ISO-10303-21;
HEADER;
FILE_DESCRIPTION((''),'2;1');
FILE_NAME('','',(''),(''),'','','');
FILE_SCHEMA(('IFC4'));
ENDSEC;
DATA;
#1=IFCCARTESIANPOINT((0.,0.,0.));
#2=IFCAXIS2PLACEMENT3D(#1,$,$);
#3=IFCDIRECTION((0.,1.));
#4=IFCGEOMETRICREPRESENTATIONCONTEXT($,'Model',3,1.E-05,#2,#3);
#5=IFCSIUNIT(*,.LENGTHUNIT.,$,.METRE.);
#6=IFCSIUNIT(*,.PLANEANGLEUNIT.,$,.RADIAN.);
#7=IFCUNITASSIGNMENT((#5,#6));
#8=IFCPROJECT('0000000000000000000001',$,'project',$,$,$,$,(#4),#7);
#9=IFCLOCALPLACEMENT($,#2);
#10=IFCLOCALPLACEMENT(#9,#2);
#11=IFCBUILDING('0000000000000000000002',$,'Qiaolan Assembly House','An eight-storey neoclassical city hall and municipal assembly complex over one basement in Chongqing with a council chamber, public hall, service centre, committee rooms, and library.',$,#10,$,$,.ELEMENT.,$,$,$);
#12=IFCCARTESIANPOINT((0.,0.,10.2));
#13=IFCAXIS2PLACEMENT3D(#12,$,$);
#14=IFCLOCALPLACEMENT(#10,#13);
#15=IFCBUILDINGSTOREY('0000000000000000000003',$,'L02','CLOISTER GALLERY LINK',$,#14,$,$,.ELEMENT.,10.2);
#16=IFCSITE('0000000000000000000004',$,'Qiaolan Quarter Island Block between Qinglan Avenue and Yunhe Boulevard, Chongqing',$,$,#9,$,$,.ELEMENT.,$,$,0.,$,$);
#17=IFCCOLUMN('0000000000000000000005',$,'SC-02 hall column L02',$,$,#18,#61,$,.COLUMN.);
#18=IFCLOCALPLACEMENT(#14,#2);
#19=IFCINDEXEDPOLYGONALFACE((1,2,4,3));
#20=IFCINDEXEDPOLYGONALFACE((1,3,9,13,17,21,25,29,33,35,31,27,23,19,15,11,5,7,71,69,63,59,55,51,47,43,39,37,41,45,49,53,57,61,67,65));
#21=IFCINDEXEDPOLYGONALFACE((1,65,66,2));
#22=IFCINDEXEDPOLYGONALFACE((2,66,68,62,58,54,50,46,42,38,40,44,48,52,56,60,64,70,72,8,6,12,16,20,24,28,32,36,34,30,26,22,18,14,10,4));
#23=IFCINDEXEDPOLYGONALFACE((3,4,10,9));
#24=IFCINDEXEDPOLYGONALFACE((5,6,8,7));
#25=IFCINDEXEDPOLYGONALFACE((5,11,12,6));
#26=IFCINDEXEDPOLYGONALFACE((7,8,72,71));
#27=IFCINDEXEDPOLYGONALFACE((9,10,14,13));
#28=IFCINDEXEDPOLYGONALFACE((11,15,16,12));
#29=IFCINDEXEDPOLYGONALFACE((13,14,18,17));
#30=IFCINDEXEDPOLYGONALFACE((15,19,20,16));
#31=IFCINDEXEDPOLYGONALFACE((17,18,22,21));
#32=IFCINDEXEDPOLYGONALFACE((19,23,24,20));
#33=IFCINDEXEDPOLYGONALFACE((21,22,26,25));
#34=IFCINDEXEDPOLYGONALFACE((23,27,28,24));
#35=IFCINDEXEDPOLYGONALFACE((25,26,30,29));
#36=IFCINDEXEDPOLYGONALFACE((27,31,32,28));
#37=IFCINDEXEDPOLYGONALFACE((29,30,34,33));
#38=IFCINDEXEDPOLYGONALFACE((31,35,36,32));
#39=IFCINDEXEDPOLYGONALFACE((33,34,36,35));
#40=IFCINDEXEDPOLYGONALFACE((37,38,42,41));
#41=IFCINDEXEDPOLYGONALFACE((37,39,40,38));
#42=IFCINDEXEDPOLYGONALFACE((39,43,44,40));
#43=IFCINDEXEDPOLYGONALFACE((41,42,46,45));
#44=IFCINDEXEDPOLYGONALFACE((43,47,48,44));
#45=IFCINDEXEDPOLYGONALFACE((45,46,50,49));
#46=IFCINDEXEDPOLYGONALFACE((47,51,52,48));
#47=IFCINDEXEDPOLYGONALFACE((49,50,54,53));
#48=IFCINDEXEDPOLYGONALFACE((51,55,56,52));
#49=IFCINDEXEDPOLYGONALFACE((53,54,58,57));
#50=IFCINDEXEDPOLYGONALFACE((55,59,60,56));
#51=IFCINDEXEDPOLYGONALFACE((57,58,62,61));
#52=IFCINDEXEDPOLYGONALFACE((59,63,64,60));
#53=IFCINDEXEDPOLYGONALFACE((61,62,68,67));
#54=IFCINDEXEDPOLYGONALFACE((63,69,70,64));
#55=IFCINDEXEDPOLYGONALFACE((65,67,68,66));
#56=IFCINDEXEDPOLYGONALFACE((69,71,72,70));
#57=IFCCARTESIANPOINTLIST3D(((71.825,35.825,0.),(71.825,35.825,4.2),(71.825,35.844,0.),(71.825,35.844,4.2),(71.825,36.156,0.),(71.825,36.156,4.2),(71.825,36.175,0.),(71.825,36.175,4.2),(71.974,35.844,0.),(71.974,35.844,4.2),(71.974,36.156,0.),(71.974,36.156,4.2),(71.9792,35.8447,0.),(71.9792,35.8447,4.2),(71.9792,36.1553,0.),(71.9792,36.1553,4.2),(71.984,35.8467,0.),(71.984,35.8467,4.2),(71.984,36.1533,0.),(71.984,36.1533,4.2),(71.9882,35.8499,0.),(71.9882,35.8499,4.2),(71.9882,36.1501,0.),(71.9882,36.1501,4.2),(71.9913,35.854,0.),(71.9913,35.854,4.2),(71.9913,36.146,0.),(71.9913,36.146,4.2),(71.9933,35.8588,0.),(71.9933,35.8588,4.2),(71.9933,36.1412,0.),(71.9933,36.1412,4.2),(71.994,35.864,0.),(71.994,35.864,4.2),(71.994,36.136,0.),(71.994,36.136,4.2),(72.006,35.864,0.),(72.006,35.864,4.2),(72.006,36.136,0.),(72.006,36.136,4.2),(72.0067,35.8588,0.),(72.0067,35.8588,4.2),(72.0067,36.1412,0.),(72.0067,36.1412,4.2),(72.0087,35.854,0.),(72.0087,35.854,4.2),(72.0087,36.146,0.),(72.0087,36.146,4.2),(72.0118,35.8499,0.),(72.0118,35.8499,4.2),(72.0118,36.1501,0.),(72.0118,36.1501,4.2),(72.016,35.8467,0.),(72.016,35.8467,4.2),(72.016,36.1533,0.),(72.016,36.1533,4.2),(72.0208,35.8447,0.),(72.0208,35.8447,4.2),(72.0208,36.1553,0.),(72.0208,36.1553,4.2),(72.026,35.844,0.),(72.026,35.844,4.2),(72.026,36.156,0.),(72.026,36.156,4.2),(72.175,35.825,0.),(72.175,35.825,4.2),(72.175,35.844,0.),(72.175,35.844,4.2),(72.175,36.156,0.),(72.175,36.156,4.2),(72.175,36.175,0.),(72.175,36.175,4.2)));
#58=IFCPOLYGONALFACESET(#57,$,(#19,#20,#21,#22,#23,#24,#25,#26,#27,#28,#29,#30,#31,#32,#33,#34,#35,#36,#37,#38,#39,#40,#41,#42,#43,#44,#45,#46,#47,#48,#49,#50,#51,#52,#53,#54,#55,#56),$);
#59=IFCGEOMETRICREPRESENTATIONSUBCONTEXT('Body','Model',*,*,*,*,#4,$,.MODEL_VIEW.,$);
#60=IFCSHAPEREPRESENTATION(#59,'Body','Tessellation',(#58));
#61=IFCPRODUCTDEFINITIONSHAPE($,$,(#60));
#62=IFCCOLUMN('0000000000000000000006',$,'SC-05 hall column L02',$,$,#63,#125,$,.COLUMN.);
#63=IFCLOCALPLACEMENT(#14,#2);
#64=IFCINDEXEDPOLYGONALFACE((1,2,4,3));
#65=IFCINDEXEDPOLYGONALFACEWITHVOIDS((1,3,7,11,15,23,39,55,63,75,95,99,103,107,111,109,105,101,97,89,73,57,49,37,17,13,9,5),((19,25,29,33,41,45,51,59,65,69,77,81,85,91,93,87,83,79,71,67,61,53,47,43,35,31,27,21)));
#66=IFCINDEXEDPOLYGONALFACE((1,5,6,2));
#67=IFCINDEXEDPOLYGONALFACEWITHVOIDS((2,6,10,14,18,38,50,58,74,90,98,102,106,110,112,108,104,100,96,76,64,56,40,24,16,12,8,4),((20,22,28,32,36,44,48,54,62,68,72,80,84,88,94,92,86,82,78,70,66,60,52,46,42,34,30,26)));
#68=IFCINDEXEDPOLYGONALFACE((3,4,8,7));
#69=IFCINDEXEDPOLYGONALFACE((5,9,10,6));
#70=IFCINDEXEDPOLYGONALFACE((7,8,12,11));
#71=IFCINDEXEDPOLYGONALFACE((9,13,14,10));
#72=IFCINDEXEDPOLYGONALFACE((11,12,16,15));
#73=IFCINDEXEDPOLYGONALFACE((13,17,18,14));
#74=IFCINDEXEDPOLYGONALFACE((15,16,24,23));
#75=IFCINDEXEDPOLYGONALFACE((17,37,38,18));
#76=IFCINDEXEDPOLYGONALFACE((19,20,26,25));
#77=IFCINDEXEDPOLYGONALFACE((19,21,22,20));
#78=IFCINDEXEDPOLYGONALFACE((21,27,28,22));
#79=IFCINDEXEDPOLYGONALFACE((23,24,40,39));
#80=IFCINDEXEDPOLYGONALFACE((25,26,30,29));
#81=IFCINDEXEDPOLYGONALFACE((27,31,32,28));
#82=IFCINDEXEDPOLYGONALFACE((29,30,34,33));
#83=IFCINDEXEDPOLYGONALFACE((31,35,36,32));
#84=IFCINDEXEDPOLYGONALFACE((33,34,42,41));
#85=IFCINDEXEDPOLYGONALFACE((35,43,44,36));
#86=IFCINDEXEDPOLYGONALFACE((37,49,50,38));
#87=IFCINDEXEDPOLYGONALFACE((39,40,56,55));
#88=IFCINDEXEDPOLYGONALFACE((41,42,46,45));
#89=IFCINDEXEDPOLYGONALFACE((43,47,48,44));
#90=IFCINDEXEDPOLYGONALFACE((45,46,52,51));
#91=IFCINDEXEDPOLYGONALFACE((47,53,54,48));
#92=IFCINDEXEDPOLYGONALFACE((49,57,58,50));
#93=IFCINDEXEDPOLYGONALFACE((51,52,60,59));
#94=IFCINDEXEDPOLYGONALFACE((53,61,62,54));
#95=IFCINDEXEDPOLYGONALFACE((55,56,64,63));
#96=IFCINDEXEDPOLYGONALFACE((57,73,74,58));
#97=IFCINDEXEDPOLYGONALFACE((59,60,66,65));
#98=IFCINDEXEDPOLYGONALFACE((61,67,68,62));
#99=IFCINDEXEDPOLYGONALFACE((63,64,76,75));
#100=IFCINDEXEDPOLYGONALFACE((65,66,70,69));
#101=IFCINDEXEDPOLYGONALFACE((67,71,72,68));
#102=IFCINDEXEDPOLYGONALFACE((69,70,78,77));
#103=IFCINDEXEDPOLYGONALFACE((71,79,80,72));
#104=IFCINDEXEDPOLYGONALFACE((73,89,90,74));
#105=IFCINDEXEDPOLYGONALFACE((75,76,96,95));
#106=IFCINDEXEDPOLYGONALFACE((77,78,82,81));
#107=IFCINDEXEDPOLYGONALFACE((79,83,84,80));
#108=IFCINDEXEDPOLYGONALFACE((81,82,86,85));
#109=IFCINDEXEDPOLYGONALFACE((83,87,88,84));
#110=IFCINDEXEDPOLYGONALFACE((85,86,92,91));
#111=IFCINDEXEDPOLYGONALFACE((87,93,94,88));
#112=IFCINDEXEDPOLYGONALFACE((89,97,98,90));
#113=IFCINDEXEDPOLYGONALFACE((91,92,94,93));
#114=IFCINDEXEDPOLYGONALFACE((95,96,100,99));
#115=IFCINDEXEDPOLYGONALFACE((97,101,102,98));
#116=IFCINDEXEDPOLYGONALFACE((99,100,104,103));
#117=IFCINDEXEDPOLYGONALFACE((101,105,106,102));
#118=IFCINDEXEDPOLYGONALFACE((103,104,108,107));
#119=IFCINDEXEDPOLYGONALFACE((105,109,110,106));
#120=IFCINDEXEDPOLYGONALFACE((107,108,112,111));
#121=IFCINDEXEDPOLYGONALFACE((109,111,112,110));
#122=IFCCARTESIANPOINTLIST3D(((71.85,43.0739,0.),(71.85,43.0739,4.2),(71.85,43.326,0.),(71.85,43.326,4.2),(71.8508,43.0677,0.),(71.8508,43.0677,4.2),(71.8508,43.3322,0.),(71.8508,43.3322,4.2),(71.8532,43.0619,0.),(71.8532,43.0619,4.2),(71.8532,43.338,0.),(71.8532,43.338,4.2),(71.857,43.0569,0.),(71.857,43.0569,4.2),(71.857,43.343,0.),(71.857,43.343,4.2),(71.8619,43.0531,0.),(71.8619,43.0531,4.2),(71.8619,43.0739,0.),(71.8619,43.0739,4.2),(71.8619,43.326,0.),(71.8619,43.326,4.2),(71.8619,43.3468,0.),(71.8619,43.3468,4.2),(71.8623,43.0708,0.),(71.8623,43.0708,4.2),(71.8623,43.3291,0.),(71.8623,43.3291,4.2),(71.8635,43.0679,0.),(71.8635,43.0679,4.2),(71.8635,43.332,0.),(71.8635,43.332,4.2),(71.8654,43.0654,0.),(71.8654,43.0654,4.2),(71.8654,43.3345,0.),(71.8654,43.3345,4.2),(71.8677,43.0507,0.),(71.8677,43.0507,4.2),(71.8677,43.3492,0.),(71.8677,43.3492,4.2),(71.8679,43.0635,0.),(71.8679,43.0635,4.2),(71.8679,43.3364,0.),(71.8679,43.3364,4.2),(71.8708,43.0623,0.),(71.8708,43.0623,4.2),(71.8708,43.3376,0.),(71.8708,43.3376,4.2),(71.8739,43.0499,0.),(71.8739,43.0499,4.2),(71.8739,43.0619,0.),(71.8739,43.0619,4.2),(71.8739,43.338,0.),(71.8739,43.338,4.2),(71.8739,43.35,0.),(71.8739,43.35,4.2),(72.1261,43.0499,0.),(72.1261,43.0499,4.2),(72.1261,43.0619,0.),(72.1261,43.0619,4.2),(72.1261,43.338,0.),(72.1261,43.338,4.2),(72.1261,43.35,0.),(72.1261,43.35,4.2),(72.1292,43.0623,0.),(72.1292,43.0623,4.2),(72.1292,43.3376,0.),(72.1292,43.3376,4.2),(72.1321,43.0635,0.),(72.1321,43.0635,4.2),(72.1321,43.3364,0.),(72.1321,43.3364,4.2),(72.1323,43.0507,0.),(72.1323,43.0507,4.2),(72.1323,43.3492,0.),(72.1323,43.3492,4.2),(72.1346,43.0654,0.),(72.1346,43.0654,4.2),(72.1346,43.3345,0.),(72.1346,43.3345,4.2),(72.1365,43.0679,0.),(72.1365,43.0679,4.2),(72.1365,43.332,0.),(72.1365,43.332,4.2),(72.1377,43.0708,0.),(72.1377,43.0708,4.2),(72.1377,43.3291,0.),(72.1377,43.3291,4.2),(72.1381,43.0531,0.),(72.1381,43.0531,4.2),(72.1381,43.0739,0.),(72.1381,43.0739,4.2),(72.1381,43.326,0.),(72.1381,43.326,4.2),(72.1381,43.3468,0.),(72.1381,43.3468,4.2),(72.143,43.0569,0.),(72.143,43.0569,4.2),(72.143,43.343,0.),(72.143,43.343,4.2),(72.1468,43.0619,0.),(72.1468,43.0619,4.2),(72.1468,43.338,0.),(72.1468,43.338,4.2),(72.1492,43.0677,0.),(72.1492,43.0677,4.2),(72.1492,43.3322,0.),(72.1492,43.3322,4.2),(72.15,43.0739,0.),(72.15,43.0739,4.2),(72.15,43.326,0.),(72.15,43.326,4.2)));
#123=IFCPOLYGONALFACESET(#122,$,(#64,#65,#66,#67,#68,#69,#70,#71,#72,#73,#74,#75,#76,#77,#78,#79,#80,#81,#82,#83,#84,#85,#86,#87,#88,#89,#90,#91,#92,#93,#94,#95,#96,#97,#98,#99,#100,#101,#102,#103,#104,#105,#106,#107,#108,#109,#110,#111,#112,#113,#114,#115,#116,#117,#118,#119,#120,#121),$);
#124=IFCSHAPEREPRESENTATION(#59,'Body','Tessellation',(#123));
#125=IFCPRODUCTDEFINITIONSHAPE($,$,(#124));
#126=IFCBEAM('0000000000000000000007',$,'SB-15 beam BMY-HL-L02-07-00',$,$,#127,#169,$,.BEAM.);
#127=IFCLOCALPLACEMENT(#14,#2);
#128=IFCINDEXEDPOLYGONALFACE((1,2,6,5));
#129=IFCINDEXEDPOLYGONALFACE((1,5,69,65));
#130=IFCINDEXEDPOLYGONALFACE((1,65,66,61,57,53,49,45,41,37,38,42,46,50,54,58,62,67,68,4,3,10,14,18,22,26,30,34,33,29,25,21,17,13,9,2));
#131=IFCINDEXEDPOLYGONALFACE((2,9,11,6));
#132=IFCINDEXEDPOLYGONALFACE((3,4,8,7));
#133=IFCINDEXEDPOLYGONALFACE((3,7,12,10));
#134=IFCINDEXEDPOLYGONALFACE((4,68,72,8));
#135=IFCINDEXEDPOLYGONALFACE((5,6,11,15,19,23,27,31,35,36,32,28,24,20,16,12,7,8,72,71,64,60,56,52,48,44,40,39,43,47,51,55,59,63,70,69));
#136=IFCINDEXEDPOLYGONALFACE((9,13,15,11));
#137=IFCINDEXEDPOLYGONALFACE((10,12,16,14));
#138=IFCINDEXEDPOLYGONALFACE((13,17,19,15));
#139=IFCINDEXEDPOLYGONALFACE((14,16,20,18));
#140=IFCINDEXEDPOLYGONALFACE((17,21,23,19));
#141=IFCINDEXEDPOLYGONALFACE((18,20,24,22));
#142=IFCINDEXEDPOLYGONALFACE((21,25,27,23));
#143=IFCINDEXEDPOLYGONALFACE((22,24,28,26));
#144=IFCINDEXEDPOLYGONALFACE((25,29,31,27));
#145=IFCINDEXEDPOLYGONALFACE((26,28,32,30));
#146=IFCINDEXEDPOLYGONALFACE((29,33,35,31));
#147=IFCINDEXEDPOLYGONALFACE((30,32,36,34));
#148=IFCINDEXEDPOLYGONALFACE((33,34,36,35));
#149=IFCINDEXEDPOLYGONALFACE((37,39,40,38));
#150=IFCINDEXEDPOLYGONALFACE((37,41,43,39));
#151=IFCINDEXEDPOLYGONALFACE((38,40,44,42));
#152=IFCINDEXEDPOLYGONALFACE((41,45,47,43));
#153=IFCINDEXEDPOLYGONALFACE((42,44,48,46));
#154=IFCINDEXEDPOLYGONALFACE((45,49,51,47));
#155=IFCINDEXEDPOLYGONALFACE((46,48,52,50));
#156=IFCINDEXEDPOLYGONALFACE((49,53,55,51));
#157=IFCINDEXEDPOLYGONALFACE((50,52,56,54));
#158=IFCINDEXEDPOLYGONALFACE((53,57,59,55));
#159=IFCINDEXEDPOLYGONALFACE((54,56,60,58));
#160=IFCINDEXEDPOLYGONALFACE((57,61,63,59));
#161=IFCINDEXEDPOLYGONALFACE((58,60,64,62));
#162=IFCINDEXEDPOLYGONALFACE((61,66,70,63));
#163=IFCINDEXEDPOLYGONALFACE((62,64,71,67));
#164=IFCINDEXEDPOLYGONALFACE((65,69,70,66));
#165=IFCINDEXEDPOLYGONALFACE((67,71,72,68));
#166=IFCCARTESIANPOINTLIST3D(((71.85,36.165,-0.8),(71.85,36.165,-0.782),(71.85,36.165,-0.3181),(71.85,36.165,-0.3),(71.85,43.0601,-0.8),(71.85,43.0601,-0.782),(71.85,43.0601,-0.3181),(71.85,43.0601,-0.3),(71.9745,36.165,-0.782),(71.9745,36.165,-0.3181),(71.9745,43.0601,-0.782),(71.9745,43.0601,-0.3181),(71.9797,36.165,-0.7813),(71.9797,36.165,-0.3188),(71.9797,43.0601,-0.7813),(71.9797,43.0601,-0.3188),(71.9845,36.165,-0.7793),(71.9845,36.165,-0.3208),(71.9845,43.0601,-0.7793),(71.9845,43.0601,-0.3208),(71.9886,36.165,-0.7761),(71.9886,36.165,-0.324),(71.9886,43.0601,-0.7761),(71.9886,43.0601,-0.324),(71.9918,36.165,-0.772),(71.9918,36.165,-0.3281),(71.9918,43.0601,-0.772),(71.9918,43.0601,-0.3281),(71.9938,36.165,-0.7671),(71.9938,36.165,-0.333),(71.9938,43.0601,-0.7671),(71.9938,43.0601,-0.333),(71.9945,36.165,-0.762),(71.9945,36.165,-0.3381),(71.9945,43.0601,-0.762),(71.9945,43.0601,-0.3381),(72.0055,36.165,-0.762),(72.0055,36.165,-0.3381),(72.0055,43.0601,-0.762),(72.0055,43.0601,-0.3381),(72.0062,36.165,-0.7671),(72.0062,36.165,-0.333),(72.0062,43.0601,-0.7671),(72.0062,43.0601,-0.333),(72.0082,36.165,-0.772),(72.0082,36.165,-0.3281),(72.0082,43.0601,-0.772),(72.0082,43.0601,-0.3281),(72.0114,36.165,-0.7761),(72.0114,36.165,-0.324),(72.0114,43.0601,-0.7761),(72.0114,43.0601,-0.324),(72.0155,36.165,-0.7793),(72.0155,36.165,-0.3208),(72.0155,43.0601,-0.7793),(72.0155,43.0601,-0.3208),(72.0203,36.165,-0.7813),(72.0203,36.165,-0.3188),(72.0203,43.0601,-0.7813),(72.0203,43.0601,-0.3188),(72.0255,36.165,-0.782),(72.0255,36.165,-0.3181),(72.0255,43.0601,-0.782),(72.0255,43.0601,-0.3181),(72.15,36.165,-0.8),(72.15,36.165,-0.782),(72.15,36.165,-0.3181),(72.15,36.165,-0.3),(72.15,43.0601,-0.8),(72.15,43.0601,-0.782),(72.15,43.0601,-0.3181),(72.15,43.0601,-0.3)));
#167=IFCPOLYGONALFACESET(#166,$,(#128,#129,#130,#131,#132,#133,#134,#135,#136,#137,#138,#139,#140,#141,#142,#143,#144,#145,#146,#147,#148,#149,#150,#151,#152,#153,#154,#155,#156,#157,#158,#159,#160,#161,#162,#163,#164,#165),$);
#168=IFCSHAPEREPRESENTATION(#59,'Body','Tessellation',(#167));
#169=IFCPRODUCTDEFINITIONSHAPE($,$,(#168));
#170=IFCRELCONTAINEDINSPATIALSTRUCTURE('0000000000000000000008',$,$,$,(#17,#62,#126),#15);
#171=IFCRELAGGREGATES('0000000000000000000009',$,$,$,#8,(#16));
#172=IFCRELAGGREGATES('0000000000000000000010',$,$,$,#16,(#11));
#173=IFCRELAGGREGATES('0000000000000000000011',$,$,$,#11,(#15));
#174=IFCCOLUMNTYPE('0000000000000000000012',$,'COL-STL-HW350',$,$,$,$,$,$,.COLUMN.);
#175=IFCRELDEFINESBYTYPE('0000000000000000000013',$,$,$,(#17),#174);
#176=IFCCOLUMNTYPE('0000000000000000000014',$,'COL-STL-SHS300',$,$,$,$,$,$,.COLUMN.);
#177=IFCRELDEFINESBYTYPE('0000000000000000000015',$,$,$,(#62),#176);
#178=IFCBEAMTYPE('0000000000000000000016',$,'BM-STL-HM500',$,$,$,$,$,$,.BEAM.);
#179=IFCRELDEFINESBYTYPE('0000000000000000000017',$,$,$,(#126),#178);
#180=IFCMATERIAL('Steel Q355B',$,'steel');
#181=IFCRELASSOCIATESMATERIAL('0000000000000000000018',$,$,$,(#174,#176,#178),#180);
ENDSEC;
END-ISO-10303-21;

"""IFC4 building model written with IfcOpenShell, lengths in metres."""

from ifc_helpers import new_model, si_unit, direction, frame, origin, origin_2d, place, context, subcontext, project, spatial, hollow_rectangle, i_section, extrude, material, material_profile, profile_set, type_object, element, save


model = new_model("IFC4")

# Units and contexts
model_context = context("Model", 3, precision=1e-05, world=origin(), true_north=direction((0.0, 1.0)))
body_context = subcontext(model_context, "Body", "Model", "MODEL_VIEW")
ifc_project = project(units=[si_unit("LENGTHUNIT", "METRE"), si_unit("PLANEANGLEUNIT", "RADIAN")], contexts=[model_context])

# Site, building, storey
site_placement = place(None, origin())
site = spatial("IfcSite", under=ifc_project, at=site_placement, Name="Qiaolan Quarter Island Block between Qinglan Avenue and Yunhe Boulevard, Chongqing", CompositionType="ELEMENT", RefElevation=0.0)
building_placement = place(site_placement, origin())
building = spatial("IfcBuilding", under=site, at=building_placement, Name="Qiaolan Assembly House", Description="An eight-storey neoclassical city hall and municipal assembly complex over one basement in Chongqing with a council chamber, public hall, service centre, committee rooms, and library.", CompositionType="ELEMENT")
storey_placement = place(building_placement, frame((0.0, 0.0, 10.2)))
storey = spatial("IfcBuildingStorey", under=building, at=storey_placement, Name="L02", Description="CLOISTER GALLERY LINK", CompositionType="ELEMENT", Elevation=10.2)

# Columns
ifc_material_1 = material(Name="Steel Q355B", Category="steel")
ifc_material_profile_1 = material_profile(ifc_material_1, i_section(OverallWidth=0.3501, OverallDepth=0.3501, WebThickness=0.012, FlangeThickness=0.019, FilletRadius=0.02, at=origin_2d()), Name="HW 350x350x12x19")
ifc_profile_set_1 = profile_set([ifc_material_profile_1], Name="Steel Q355B")
column_type_1 = type_object("IfcColumnType", Name="COL-STL-HW350", PredefinedType="COLUMN", material=ifc_profile_set_1)
column_1_placement = place(storey_placement, frame((72.0, 36.0, 0.0), z_axis=(0.0, 0.0, 1.0), x_axis=(1.0, 0.0, 0.0)))
element("IfcColumn", 1, at=column_1_placement, inside=storey, type_object=column_type_1, Name="SC-02 hall column L02", PredefinedType="COLUMN", context=body_context, shape_type="SweptSolid", body=[
    extrude(i_section(OverallWidth=0.3501, OverallDepth=0.3501, WebThickness=0.012, FlangeThickness=0.019, FilletRadius=0.02, at=origin_2d()), origin(), (0.0, 0.0, 1.0), 4.2),
])
ifc_material_profile_2 = material_profile(ifc_material_1, hollow_rectangle(XDim=0.3, YDim=0.3, WallThickness=0.012, InnerFilletRadius=0.012, OuterFilletRadius=0.0239, at=origin_2d()), Name="SHS 300x300x12")
ifc_profile_set_2 = profile_set([ifc_material_profile_2], Name="Steel Q355B")
column_type_2 = type_object("IfcColumnType", Name="COL-STL-SHS300", PredefinedType="COLUMN", material=ifc_profile_set_2)
column_2_placement = place(storey_placement, frame((72.0, 43.2, 0.0), z_axis=(0.0, 0.0, 1.0), x_axis=(1.0, 0.0, 0.0)))
element("IfcColumn", 2, at=column_2_placement, inside=storey, type_object=column_type_2, Name="SC-05 hall column L02", PredefinedType="COLUMN", context=body_context, shape_type="SweptSolid", body=[
    extrude(hollow_rectangle(XDim=0.3, YDim=0.3, WallThickness=0.012, InnerFilletRadius=0.012, OuterFilletRadius=0.0239, at=origin_2d()), origin(), (0.0, 0.0, 1.0), 4.2),
])

# Beam
ifc_material_profile_3 = material_profile(ifc_material_1, i_section(OverallWidth=0.3, OverallDepth=0.5, WebThickness=0.011, FlangeThickness=0.0181, FilletRadius=0.02, at=origin_2d()), Name="HM 500x300x11x18")
ifc_profile_set_3 = profile_set([ifc_material_profile_3], Name="Steel Q355B")
beam_type_1 = type_object("IfcBeamType", Name="BM-STL-HM500", PredefinedType="BEAM", material=ifc_profile_set_3)
beam_1_placement = place(storey_placement, frame((72.0, 36.165, -0.55), z_axis=(0.0, 1.0, 0.0), x_axis=(-1.0, 0.0, 0.0)))
element("IfcBeam", 3, at=beam_1_placement, inside=storey, type_object=beam_type_1, Name="SB-15 beam BMY-HL-L02-07-00", PredefinedType="BEAM", context=body_context, shape_type="SweptSolid", body=[
    extrude(i_section(OverallWidth=0.3, OverallDepth=0.5, WebThickness=0.011, FlangeThickness=0.0181, FilletRadius=0.02, at=origin_2d()), origin(), (0.0, 0.0, 1.0), 6.895),
])

save(model, "model.ifc")
